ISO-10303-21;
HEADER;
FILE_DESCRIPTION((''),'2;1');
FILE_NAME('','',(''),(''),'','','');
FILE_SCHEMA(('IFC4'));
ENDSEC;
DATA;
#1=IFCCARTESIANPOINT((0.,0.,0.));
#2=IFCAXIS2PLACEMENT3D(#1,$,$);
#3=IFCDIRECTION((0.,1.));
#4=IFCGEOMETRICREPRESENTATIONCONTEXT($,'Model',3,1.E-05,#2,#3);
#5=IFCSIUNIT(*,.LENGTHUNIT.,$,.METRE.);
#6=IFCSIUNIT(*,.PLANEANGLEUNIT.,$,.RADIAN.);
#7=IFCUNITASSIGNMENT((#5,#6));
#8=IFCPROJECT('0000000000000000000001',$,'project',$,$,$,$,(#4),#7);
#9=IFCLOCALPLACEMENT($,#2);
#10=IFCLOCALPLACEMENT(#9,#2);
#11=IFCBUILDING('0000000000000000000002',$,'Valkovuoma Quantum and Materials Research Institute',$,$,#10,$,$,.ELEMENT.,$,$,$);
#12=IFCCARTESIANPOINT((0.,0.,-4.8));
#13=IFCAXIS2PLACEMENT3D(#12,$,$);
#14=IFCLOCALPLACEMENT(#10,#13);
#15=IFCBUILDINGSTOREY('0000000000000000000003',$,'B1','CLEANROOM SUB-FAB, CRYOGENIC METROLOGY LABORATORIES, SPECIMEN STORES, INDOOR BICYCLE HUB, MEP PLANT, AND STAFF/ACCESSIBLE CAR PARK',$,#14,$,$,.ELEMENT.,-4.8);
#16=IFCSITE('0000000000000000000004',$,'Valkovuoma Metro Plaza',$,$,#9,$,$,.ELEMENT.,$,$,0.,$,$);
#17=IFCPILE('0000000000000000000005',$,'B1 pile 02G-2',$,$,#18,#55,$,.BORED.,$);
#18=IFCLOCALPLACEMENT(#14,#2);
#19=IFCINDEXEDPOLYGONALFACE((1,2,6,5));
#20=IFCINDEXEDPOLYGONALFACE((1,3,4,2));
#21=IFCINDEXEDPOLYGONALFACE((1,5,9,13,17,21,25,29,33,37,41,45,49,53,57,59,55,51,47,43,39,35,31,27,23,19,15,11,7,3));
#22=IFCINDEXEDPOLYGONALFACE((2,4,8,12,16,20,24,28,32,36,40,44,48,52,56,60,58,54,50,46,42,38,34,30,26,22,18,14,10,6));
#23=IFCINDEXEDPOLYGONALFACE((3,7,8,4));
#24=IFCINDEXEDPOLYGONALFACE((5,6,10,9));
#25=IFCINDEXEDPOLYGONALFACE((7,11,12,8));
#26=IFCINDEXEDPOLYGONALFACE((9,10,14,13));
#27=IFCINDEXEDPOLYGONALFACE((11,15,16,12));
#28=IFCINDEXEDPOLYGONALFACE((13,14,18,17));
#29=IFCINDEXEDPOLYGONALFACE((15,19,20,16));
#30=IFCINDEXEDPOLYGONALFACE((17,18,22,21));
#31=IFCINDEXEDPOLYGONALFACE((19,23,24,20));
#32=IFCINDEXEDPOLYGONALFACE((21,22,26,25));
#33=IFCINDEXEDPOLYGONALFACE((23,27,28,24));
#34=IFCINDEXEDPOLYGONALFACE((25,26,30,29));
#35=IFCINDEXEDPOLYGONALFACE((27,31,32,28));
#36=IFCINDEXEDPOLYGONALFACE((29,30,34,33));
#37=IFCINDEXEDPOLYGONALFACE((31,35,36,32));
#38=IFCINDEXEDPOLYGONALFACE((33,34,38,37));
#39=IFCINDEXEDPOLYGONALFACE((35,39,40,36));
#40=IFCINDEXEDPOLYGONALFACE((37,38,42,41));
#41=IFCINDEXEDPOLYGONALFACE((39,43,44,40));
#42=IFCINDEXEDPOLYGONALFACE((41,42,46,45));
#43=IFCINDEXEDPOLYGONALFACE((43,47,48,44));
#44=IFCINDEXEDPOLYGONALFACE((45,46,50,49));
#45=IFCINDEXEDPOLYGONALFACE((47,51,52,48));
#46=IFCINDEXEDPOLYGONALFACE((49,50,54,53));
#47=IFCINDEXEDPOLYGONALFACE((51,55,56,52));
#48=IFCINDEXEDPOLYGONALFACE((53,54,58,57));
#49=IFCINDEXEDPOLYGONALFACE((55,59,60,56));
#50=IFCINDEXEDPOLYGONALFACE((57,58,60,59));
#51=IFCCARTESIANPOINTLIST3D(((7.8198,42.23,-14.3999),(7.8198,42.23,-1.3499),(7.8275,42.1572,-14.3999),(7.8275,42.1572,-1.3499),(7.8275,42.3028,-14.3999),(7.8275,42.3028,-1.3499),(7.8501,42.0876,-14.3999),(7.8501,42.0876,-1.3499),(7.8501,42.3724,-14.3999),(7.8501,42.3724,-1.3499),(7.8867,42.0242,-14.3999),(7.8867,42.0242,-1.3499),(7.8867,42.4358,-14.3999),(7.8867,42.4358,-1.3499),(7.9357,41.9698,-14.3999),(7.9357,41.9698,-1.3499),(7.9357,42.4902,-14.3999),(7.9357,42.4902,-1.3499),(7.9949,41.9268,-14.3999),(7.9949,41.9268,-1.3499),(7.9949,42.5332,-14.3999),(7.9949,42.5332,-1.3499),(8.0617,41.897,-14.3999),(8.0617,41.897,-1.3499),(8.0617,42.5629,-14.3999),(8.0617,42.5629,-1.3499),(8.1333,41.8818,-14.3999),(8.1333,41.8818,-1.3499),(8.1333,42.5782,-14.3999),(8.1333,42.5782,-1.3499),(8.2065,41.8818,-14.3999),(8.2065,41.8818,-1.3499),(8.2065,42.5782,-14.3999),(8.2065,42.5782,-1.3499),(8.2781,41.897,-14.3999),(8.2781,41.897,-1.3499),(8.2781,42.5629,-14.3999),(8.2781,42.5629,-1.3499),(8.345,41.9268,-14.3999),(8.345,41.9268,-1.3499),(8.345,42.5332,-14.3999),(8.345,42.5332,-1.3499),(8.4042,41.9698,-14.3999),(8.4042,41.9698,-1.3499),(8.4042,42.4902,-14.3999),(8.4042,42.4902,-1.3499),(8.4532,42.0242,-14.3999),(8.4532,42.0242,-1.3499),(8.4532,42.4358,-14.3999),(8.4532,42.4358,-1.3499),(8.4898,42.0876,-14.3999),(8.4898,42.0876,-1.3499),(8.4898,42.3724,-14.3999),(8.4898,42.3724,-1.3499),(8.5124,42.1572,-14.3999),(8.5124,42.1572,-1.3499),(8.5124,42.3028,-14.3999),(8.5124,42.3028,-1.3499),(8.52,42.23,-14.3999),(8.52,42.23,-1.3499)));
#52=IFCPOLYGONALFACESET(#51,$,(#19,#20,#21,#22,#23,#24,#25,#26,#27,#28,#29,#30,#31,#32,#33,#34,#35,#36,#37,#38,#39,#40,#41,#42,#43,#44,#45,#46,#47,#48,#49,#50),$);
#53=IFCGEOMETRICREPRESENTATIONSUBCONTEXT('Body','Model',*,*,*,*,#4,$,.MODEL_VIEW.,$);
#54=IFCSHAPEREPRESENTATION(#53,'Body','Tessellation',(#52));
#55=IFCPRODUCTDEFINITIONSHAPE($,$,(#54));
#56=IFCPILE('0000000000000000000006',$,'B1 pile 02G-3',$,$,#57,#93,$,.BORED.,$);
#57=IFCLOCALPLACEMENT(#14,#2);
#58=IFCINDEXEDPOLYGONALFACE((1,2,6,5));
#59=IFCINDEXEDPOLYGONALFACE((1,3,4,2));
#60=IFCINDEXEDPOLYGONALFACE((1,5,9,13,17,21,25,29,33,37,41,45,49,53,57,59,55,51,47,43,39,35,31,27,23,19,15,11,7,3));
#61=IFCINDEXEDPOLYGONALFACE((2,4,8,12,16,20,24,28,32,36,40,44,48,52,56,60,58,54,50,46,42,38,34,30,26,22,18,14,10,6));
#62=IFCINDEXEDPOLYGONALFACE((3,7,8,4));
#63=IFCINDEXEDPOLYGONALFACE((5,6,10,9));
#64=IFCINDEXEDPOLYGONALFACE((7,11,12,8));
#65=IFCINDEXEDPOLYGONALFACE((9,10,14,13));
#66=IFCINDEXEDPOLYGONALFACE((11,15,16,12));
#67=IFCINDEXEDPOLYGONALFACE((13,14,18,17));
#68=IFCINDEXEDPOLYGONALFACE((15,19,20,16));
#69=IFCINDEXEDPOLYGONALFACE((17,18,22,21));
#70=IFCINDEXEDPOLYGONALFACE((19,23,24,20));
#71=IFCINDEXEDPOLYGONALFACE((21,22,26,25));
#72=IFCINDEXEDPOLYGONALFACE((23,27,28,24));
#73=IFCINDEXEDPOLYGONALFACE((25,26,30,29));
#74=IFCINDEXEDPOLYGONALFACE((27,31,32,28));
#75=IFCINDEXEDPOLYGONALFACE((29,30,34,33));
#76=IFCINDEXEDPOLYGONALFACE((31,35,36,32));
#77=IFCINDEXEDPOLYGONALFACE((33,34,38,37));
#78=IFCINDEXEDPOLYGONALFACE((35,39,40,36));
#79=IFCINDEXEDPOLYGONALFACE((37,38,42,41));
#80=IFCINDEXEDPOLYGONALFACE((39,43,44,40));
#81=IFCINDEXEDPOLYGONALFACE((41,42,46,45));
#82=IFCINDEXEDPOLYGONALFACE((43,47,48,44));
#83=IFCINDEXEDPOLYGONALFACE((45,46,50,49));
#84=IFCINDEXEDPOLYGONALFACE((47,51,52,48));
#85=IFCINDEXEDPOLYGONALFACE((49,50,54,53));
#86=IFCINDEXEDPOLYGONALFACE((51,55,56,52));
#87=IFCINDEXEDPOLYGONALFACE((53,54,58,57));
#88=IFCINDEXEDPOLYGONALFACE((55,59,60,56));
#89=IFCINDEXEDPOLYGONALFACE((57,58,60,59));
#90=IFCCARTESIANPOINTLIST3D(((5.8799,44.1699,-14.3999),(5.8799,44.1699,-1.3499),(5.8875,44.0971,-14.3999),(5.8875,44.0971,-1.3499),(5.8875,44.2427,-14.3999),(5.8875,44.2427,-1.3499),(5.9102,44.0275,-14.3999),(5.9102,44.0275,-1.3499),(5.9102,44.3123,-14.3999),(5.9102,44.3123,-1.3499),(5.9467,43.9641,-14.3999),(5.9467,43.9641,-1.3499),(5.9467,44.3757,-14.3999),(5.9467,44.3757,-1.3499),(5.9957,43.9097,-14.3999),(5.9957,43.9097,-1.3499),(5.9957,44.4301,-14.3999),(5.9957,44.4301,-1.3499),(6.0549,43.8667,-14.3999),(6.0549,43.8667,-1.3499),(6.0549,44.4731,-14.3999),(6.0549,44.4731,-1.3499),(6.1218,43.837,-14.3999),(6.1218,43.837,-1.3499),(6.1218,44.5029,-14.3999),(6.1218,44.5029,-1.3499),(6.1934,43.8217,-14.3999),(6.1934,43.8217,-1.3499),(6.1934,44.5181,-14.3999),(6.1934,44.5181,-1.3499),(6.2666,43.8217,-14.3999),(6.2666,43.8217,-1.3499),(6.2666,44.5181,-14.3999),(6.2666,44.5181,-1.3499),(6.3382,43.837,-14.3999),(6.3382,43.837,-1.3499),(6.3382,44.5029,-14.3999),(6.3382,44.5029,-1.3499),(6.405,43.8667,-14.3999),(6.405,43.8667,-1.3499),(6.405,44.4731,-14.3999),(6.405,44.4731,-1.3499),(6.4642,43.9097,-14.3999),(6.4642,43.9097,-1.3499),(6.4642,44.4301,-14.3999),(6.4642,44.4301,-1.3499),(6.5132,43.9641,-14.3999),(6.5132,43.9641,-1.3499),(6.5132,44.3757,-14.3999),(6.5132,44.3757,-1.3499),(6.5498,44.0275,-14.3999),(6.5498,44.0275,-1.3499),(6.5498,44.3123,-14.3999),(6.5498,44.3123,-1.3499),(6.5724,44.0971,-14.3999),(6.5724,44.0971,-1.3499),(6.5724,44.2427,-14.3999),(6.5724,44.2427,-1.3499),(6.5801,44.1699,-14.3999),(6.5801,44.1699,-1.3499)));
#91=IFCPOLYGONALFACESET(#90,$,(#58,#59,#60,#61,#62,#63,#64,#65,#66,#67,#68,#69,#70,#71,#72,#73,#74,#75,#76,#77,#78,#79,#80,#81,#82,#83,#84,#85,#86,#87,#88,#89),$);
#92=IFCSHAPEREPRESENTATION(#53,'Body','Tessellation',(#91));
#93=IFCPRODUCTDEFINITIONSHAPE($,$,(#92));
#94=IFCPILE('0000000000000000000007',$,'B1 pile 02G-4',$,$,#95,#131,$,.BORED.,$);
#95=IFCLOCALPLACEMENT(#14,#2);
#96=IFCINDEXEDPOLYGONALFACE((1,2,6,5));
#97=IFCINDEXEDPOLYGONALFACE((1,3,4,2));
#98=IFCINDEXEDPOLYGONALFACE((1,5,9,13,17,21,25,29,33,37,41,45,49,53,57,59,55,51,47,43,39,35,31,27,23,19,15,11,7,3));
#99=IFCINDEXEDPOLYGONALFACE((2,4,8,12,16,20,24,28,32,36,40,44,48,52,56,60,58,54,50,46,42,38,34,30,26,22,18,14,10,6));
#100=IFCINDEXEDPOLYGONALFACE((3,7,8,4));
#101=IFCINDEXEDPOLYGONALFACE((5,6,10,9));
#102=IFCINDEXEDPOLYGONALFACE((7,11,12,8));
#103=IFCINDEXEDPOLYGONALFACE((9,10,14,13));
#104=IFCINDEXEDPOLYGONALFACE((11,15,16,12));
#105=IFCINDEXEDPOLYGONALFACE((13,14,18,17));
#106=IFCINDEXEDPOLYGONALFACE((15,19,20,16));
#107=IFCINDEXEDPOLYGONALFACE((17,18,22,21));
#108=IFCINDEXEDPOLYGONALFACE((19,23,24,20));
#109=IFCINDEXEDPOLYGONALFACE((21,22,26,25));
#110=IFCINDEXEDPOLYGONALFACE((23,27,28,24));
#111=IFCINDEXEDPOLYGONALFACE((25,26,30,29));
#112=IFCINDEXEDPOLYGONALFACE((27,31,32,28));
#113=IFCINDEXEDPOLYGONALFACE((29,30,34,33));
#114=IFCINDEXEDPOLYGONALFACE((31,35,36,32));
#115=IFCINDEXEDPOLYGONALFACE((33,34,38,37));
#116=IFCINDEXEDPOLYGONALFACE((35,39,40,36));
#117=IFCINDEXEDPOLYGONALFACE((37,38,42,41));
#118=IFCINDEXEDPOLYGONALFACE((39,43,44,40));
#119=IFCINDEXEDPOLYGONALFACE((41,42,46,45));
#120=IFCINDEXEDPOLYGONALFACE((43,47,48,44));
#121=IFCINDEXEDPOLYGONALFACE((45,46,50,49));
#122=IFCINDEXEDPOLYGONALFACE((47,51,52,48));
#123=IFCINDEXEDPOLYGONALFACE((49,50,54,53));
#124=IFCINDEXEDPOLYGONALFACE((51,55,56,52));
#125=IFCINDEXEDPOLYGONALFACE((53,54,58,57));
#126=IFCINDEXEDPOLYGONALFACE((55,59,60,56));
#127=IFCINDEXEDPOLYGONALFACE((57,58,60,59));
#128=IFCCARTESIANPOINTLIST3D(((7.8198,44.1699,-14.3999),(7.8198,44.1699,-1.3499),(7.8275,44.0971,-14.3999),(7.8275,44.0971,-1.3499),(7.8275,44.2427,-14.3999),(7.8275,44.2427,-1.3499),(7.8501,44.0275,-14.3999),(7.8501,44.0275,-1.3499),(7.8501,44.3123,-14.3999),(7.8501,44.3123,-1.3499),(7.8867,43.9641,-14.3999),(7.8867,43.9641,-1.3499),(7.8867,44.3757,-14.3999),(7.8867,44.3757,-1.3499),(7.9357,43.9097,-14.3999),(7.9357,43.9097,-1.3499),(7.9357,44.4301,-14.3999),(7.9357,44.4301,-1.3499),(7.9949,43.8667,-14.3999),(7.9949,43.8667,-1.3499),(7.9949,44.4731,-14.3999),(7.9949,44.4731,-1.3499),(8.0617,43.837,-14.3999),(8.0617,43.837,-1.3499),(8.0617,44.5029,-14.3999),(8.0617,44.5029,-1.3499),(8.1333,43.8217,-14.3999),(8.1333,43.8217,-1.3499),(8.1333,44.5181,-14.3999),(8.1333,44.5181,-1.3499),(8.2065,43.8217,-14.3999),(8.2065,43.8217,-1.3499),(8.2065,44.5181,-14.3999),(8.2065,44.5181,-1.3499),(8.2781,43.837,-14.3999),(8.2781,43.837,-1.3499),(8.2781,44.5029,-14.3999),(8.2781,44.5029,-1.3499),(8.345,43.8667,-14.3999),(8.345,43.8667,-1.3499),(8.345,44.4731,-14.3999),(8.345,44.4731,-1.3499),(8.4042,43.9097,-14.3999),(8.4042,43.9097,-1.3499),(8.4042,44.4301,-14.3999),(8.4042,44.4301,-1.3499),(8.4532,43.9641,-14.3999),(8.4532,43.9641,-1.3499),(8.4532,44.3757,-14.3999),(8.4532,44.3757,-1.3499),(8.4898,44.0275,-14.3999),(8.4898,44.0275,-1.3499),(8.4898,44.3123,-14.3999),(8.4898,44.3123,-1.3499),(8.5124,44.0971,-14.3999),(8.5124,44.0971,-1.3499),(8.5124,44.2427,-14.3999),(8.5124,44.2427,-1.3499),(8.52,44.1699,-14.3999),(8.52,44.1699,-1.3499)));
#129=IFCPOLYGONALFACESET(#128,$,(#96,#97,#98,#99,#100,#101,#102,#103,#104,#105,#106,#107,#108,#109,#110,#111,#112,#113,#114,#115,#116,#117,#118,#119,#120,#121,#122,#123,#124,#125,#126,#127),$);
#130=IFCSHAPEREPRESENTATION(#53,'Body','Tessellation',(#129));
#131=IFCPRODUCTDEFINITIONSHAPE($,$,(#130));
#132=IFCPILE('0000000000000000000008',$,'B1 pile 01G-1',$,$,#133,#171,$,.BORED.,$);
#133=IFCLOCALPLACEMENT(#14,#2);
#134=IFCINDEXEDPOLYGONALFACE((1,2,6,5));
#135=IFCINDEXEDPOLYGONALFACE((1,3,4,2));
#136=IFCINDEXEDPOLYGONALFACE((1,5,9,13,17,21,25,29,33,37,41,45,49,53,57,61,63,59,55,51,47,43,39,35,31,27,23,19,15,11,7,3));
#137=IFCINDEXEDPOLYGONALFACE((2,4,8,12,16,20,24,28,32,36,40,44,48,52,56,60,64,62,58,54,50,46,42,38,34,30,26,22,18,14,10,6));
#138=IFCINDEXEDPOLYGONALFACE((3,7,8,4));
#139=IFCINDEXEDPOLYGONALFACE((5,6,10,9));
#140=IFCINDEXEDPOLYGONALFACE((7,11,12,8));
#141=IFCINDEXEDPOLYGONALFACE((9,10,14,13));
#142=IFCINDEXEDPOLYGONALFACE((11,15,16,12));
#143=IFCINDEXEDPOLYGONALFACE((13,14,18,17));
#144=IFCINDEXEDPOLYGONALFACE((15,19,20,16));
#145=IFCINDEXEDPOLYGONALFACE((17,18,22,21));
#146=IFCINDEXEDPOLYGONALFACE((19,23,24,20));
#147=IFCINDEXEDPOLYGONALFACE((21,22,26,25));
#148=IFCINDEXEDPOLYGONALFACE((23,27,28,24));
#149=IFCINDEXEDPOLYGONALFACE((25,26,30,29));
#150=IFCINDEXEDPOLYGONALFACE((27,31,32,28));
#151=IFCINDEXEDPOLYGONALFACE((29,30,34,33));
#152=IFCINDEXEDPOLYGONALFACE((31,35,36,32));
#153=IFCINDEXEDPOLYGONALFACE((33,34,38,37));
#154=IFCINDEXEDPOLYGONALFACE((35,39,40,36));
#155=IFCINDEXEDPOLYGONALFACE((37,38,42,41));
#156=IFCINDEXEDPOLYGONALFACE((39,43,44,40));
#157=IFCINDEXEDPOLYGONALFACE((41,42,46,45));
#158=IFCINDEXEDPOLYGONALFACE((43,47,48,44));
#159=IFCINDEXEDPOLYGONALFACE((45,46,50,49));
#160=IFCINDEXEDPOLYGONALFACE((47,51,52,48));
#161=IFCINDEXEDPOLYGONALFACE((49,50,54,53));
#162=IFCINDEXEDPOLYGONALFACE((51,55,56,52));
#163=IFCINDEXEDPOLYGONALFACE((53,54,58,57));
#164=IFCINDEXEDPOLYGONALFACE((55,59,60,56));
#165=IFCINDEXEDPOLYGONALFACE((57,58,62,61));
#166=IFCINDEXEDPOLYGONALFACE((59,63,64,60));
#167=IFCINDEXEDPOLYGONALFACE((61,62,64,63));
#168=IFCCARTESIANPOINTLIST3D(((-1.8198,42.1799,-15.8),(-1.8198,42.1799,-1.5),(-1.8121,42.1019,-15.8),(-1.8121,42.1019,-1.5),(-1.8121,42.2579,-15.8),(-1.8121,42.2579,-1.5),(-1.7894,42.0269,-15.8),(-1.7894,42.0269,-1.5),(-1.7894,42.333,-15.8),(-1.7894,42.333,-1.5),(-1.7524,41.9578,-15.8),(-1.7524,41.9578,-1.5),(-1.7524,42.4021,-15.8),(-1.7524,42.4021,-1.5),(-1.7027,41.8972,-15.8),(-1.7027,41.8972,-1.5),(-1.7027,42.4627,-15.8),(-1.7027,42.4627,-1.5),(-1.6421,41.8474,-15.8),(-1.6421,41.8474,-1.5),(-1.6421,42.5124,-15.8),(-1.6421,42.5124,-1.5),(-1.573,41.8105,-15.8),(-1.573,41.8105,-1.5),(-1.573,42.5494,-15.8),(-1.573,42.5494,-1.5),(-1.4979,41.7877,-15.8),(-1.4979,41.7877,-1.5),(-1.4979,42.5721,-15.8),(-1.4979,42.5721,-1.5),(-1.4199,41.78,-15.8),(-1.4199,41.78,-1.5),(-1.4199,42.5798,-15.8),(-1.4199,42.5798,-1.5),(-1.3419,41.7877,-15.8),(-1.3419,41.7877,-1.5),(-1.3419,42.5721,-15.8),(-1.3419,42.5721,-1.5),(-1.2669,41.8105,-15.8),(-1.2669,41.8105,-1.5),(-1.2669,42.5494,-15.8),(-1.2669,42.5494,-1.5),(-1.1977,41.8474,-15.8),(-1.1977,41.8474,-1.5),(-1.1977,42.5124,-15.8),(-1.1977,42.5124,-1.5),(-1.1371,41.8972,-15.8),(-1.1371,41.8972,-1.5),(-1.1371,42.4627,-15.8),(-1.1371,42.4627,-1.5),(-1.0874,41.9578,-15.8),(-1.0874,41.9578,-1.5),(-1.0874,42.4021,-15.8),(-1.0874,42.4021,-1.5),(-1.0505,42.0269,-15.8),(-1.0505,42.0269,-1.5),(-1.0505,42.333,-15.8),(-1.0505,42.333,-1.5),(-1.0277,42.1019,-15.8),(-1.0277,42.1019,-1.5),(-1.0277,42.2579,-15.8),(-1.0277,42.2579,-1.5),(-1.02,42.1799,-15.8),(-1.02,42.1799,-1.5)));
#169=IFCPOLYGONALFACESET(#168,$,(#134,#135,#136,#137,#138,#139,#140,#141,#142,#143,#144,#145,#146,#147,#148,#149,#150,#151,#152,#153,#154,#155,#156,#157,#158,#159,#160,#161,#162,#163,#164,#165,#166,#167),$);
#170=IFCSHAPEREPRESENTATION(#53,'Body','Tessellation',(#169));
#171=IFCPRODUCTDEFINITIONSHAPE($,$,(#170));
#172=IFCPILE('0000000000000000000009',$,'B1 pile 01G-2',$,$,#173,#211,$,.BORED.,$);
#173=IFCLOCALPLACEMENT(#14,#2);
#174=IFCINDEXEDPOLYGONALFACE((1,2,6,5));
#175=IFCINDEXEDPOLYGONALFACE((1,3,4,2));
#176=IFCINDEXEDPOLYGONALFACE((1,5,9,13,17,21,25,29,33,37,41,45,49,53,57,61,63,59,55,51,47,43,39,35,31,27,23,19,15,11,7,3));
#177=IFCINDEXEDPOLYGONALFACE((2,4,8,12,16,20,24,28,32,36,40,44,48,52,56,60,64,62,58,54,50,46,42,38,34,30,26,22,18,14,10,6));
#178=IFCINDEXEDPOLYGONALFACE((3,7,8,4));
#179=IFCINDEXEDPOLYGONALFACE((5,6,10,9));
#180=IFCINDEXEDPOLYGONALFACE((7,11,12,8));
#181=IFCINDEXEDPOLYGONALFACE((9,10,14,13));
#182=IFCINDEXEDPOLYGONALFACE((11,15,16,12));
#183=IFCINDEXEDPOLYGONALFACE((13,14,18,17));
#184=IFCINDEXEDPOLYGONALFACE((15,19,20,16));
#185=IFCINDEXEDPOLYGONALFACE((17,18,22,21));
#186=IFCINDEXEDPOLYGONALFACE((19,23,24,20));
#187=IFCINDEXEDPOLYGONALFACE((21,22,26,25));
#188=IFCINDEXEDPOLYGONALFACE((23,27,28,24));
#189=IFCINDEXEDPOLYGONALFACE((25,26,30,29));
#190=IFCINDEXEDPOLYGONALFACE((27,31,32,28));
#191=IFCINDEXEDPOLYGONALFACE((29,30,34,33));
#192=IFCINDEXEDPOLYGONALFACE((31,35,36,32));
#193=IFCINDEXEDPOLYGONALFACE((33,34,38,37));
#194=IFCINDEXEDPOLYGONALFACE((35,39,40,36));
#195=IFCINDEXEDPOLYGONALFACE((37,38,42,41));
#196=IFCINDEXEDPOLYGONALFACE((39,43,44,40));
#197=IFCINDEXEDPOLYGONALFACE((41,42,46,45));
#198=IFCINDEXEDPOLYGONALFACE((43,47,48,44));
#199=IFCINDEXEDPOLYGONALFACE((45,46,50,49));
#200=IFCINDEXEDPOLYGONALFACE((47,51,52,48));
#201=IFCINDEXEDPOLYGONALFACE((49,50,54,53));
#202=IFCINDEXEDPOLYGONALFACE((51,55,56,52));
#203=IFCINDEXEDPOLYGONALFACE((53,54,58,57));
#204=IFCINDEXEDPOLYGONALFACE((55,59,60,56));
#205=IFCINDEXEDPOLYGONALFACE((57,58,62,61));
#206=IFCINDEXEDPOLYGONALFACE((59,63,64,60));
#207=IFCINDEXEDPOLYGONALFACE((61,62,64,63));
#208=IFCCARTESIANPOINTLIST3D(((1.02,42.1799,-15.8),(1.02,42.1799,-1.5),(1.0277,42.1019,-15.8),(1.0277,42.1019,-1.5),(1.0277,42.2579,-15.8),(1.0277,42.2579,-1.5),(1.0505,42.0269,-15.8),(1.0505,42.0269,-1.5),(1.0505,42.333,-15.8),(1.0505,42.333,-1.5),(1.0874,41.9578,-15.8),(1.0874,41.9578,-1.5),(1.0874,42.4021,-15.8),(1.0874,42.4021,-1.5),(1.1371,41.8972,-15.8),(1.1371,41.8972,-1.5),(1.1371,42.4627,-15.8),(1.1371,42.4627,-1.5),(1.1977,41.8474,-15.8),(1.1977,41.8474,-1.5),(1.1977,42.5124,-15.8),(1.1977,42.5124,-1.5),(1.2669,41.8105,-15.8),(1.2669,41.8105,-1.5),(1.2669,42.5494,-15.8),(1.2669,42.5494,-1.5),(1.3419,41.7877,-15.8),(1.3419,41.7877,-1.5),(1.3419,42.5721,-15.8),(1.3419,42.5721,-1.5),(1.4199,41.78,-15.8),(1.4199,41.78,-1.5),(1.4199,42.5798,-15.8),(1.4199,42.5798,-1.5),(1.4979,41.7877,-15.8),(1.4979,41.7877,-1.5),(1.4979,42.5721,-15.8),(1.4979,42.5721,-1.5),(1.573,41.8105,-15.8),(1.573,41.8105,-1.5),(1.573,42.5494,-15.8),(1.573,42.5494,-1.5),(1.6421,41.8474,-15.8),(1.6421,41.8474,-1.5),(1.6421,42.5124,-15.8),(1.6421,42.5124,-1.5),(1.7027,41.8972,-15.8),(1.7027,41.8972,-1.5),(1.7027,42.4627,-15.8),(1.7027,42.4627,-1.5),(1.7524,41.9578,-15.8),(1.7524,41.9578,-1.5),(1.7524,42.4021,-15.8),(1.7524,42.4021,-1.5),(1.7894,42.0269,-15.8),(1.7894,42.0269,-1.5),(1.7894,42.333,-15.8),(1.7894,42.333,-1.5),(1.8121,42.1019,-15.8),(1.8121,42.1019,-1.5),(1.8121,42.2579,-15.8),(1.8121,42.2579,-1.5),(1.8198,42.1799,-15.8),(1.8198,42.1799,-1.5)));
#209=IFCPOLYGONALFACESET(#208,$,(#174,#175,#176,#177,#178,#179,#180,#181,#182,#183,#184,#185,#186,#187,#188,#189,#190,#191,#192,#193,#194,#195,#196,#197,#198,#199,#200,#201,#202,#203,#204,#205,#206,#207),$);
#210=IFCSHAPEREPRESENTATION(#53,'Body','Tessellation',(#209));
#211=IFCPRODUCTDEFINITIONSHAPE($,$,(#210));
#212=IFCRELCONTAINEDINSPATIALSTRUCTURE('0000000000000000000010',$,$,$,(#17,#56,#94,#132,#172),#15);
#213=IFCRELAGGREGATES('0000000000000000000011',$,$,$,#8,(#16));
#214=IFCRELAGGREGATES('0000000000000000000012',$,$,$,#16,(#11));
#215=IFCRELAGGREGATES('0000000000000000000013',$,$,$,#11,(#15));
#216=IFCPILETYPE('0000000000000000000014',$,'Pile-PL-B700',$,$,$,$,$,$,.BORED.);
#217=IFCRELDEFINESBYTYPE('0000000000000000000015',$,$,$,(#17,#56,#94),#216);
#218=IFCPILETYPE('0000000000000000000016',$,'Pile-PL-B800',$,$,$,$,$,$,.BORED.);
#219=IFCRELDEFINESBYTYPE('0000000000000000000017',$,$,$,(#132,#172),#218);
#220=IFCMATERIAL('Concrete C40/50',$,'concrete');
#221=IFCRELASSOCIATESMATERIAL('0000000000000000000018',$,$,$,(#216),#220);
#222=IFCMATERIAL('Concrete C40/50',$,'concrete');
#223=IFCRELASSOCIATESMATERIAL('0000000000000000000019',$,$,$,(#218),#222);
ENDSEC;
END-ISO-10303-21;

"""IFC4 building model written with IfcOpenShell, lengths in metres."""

from ifc_helpers import new_model, si_unit, direction, frame, origin, origin_2d, place, context, subcontext, project, spatial, circle, extrude, material, material_profile, profile_set, type_object, element, save


model = new_model("IFC4")

# Units and contexts
model_context = context("Model", 3, precision=1e-05, world=origin(), true_north=direction((0.0, 1.0)))
body_context = subcontext(model_context, "Body", "Model", "MODEL_VIEW")
ifc_project = project(units=[si_unit("LENGTHUNIT", "METRE"), si_unit("PLANEANGLEUNIT", "RADIAN")], contexts=[model_context])

# Site, building, storey
site_placement = place(None, origin())
site = spatial("IfcSite", under=ifc_project, at=site_placement, Name="Valkovuoma Metro Plaza", CompositionType="ELEMENT", RefElevation=0.0)
building_placement = place(site_placement, origin())
building = spatial("IfcBuilding", under=site, at=building_placement, Name="Valkovuoma Quantum and Materials Research Institute", CompositionType="ELEMENT")
storey_placement = place(building_placement, frame((0.0, 0.0, -4.8)))
storey = spatial("IfcBuildingStorey", under=building, at=storey_placement, Name="B1", Description="CLEANROOM SUB-FAB, CRYOGENIC METROLOGY LABORATORIES, SPECIMEN STORES, INDOOR BICYCLE HUB, MEP PLANT, AND STAFF/ACCESSIBLE CAR PARK", CompositionType="ELEMENT", Elevation=-4.8)

# Piles
ifc_material_1 = material(Name="Concrete C40/50", Category="concrete")
ifc_material_profile_1 = material_profile(ifc_material_1, circle(Radius=0.3501, at=origin_2d()), Name="Concrete C40/50")
ifc_profile_set_1 = profile_set([ifc_material_profile_1], Name="Concrete C40/50")
pile_type_1 = type_object("IfcPileType", Name="Pile-PL-B700", PredefinedType="BORED", material=ifc_profile_set_1)
for number, where, z_axis, x_axis, name in (
    (1, (8.1699, 42.23, -1.3499), (0.0, 0.0, -1.0), (1.0, 0.0, 0.0), "B1 pile 02G-2"),
    (2, (6.23, 44.1699, -1.3499), (0.0, 0.0, -1.0), (1.0, 0.0, 0.0), "B1 pile 02G-3"),
    (3, (8.1699, 44.1699, -1.3499), (0.0, 0.0, -1.0), (1.0, 0.0, 0.0), "B1 pile 02G-4"),
):
    element("IfcPile", number, at=place(storey_placement, frame(where, z_axis=z_axis, x_axis=x_axis)), inside=storey, type_object=pile_type_1, Name=name, PredefinedType="BORED", context=body_context, shape_type="SweptSolid", body=[
        extrude(circle(Radius=0.3501, at=origin_2d()), origin(), (0.0, 0.0, 1.0), 13.05),
    ])
ifc_material_2 = material(Name="Concrete C40/50", Category="concrete")
ifc_material_profile_2 = material_profile(ifc_material_2, circle(Radius=0.3999, at=origin_2d()), Name="Concrete C40/50")
ifc_profile_set_2 = profile_set([ifc_material_profile_2], Name="Concrete C40/50")
pile_type_2 = type_object("IfcPileType", Name="Pile-PL-B800", PredefinedType="BORED", material=ifc_profile_set_2)
for number, where, z_axis, x_axis, name in (
    (4, (-1.4199, 42.1799, -1.5), (0.0, 0.0, -1.0), (1.0, 0.0, 0.0), "B1 pile 01G-1"),
    (5, (1.4199, 42.1799, -1.5), (0.0, 0.0, -1.0), (1.0, 0.0, 0.0), "B1 pile 01G-2"),
):
    element("IfcPile", number, at=place(storey_placement, frame(where, z_axis=z_axis, x_axis=x_axis)), inside=storey, type_object=pile_type_2, Name=name, PredefinedType="BORED", context=body_context, shape_type="SweptSolid", body=[
        extrude(circle(Radius=0.3999, at=origin_2d()), origin(), (0.0, 0.0, 1.0), 14.3),
    ])

save(model, "model.ifc")
